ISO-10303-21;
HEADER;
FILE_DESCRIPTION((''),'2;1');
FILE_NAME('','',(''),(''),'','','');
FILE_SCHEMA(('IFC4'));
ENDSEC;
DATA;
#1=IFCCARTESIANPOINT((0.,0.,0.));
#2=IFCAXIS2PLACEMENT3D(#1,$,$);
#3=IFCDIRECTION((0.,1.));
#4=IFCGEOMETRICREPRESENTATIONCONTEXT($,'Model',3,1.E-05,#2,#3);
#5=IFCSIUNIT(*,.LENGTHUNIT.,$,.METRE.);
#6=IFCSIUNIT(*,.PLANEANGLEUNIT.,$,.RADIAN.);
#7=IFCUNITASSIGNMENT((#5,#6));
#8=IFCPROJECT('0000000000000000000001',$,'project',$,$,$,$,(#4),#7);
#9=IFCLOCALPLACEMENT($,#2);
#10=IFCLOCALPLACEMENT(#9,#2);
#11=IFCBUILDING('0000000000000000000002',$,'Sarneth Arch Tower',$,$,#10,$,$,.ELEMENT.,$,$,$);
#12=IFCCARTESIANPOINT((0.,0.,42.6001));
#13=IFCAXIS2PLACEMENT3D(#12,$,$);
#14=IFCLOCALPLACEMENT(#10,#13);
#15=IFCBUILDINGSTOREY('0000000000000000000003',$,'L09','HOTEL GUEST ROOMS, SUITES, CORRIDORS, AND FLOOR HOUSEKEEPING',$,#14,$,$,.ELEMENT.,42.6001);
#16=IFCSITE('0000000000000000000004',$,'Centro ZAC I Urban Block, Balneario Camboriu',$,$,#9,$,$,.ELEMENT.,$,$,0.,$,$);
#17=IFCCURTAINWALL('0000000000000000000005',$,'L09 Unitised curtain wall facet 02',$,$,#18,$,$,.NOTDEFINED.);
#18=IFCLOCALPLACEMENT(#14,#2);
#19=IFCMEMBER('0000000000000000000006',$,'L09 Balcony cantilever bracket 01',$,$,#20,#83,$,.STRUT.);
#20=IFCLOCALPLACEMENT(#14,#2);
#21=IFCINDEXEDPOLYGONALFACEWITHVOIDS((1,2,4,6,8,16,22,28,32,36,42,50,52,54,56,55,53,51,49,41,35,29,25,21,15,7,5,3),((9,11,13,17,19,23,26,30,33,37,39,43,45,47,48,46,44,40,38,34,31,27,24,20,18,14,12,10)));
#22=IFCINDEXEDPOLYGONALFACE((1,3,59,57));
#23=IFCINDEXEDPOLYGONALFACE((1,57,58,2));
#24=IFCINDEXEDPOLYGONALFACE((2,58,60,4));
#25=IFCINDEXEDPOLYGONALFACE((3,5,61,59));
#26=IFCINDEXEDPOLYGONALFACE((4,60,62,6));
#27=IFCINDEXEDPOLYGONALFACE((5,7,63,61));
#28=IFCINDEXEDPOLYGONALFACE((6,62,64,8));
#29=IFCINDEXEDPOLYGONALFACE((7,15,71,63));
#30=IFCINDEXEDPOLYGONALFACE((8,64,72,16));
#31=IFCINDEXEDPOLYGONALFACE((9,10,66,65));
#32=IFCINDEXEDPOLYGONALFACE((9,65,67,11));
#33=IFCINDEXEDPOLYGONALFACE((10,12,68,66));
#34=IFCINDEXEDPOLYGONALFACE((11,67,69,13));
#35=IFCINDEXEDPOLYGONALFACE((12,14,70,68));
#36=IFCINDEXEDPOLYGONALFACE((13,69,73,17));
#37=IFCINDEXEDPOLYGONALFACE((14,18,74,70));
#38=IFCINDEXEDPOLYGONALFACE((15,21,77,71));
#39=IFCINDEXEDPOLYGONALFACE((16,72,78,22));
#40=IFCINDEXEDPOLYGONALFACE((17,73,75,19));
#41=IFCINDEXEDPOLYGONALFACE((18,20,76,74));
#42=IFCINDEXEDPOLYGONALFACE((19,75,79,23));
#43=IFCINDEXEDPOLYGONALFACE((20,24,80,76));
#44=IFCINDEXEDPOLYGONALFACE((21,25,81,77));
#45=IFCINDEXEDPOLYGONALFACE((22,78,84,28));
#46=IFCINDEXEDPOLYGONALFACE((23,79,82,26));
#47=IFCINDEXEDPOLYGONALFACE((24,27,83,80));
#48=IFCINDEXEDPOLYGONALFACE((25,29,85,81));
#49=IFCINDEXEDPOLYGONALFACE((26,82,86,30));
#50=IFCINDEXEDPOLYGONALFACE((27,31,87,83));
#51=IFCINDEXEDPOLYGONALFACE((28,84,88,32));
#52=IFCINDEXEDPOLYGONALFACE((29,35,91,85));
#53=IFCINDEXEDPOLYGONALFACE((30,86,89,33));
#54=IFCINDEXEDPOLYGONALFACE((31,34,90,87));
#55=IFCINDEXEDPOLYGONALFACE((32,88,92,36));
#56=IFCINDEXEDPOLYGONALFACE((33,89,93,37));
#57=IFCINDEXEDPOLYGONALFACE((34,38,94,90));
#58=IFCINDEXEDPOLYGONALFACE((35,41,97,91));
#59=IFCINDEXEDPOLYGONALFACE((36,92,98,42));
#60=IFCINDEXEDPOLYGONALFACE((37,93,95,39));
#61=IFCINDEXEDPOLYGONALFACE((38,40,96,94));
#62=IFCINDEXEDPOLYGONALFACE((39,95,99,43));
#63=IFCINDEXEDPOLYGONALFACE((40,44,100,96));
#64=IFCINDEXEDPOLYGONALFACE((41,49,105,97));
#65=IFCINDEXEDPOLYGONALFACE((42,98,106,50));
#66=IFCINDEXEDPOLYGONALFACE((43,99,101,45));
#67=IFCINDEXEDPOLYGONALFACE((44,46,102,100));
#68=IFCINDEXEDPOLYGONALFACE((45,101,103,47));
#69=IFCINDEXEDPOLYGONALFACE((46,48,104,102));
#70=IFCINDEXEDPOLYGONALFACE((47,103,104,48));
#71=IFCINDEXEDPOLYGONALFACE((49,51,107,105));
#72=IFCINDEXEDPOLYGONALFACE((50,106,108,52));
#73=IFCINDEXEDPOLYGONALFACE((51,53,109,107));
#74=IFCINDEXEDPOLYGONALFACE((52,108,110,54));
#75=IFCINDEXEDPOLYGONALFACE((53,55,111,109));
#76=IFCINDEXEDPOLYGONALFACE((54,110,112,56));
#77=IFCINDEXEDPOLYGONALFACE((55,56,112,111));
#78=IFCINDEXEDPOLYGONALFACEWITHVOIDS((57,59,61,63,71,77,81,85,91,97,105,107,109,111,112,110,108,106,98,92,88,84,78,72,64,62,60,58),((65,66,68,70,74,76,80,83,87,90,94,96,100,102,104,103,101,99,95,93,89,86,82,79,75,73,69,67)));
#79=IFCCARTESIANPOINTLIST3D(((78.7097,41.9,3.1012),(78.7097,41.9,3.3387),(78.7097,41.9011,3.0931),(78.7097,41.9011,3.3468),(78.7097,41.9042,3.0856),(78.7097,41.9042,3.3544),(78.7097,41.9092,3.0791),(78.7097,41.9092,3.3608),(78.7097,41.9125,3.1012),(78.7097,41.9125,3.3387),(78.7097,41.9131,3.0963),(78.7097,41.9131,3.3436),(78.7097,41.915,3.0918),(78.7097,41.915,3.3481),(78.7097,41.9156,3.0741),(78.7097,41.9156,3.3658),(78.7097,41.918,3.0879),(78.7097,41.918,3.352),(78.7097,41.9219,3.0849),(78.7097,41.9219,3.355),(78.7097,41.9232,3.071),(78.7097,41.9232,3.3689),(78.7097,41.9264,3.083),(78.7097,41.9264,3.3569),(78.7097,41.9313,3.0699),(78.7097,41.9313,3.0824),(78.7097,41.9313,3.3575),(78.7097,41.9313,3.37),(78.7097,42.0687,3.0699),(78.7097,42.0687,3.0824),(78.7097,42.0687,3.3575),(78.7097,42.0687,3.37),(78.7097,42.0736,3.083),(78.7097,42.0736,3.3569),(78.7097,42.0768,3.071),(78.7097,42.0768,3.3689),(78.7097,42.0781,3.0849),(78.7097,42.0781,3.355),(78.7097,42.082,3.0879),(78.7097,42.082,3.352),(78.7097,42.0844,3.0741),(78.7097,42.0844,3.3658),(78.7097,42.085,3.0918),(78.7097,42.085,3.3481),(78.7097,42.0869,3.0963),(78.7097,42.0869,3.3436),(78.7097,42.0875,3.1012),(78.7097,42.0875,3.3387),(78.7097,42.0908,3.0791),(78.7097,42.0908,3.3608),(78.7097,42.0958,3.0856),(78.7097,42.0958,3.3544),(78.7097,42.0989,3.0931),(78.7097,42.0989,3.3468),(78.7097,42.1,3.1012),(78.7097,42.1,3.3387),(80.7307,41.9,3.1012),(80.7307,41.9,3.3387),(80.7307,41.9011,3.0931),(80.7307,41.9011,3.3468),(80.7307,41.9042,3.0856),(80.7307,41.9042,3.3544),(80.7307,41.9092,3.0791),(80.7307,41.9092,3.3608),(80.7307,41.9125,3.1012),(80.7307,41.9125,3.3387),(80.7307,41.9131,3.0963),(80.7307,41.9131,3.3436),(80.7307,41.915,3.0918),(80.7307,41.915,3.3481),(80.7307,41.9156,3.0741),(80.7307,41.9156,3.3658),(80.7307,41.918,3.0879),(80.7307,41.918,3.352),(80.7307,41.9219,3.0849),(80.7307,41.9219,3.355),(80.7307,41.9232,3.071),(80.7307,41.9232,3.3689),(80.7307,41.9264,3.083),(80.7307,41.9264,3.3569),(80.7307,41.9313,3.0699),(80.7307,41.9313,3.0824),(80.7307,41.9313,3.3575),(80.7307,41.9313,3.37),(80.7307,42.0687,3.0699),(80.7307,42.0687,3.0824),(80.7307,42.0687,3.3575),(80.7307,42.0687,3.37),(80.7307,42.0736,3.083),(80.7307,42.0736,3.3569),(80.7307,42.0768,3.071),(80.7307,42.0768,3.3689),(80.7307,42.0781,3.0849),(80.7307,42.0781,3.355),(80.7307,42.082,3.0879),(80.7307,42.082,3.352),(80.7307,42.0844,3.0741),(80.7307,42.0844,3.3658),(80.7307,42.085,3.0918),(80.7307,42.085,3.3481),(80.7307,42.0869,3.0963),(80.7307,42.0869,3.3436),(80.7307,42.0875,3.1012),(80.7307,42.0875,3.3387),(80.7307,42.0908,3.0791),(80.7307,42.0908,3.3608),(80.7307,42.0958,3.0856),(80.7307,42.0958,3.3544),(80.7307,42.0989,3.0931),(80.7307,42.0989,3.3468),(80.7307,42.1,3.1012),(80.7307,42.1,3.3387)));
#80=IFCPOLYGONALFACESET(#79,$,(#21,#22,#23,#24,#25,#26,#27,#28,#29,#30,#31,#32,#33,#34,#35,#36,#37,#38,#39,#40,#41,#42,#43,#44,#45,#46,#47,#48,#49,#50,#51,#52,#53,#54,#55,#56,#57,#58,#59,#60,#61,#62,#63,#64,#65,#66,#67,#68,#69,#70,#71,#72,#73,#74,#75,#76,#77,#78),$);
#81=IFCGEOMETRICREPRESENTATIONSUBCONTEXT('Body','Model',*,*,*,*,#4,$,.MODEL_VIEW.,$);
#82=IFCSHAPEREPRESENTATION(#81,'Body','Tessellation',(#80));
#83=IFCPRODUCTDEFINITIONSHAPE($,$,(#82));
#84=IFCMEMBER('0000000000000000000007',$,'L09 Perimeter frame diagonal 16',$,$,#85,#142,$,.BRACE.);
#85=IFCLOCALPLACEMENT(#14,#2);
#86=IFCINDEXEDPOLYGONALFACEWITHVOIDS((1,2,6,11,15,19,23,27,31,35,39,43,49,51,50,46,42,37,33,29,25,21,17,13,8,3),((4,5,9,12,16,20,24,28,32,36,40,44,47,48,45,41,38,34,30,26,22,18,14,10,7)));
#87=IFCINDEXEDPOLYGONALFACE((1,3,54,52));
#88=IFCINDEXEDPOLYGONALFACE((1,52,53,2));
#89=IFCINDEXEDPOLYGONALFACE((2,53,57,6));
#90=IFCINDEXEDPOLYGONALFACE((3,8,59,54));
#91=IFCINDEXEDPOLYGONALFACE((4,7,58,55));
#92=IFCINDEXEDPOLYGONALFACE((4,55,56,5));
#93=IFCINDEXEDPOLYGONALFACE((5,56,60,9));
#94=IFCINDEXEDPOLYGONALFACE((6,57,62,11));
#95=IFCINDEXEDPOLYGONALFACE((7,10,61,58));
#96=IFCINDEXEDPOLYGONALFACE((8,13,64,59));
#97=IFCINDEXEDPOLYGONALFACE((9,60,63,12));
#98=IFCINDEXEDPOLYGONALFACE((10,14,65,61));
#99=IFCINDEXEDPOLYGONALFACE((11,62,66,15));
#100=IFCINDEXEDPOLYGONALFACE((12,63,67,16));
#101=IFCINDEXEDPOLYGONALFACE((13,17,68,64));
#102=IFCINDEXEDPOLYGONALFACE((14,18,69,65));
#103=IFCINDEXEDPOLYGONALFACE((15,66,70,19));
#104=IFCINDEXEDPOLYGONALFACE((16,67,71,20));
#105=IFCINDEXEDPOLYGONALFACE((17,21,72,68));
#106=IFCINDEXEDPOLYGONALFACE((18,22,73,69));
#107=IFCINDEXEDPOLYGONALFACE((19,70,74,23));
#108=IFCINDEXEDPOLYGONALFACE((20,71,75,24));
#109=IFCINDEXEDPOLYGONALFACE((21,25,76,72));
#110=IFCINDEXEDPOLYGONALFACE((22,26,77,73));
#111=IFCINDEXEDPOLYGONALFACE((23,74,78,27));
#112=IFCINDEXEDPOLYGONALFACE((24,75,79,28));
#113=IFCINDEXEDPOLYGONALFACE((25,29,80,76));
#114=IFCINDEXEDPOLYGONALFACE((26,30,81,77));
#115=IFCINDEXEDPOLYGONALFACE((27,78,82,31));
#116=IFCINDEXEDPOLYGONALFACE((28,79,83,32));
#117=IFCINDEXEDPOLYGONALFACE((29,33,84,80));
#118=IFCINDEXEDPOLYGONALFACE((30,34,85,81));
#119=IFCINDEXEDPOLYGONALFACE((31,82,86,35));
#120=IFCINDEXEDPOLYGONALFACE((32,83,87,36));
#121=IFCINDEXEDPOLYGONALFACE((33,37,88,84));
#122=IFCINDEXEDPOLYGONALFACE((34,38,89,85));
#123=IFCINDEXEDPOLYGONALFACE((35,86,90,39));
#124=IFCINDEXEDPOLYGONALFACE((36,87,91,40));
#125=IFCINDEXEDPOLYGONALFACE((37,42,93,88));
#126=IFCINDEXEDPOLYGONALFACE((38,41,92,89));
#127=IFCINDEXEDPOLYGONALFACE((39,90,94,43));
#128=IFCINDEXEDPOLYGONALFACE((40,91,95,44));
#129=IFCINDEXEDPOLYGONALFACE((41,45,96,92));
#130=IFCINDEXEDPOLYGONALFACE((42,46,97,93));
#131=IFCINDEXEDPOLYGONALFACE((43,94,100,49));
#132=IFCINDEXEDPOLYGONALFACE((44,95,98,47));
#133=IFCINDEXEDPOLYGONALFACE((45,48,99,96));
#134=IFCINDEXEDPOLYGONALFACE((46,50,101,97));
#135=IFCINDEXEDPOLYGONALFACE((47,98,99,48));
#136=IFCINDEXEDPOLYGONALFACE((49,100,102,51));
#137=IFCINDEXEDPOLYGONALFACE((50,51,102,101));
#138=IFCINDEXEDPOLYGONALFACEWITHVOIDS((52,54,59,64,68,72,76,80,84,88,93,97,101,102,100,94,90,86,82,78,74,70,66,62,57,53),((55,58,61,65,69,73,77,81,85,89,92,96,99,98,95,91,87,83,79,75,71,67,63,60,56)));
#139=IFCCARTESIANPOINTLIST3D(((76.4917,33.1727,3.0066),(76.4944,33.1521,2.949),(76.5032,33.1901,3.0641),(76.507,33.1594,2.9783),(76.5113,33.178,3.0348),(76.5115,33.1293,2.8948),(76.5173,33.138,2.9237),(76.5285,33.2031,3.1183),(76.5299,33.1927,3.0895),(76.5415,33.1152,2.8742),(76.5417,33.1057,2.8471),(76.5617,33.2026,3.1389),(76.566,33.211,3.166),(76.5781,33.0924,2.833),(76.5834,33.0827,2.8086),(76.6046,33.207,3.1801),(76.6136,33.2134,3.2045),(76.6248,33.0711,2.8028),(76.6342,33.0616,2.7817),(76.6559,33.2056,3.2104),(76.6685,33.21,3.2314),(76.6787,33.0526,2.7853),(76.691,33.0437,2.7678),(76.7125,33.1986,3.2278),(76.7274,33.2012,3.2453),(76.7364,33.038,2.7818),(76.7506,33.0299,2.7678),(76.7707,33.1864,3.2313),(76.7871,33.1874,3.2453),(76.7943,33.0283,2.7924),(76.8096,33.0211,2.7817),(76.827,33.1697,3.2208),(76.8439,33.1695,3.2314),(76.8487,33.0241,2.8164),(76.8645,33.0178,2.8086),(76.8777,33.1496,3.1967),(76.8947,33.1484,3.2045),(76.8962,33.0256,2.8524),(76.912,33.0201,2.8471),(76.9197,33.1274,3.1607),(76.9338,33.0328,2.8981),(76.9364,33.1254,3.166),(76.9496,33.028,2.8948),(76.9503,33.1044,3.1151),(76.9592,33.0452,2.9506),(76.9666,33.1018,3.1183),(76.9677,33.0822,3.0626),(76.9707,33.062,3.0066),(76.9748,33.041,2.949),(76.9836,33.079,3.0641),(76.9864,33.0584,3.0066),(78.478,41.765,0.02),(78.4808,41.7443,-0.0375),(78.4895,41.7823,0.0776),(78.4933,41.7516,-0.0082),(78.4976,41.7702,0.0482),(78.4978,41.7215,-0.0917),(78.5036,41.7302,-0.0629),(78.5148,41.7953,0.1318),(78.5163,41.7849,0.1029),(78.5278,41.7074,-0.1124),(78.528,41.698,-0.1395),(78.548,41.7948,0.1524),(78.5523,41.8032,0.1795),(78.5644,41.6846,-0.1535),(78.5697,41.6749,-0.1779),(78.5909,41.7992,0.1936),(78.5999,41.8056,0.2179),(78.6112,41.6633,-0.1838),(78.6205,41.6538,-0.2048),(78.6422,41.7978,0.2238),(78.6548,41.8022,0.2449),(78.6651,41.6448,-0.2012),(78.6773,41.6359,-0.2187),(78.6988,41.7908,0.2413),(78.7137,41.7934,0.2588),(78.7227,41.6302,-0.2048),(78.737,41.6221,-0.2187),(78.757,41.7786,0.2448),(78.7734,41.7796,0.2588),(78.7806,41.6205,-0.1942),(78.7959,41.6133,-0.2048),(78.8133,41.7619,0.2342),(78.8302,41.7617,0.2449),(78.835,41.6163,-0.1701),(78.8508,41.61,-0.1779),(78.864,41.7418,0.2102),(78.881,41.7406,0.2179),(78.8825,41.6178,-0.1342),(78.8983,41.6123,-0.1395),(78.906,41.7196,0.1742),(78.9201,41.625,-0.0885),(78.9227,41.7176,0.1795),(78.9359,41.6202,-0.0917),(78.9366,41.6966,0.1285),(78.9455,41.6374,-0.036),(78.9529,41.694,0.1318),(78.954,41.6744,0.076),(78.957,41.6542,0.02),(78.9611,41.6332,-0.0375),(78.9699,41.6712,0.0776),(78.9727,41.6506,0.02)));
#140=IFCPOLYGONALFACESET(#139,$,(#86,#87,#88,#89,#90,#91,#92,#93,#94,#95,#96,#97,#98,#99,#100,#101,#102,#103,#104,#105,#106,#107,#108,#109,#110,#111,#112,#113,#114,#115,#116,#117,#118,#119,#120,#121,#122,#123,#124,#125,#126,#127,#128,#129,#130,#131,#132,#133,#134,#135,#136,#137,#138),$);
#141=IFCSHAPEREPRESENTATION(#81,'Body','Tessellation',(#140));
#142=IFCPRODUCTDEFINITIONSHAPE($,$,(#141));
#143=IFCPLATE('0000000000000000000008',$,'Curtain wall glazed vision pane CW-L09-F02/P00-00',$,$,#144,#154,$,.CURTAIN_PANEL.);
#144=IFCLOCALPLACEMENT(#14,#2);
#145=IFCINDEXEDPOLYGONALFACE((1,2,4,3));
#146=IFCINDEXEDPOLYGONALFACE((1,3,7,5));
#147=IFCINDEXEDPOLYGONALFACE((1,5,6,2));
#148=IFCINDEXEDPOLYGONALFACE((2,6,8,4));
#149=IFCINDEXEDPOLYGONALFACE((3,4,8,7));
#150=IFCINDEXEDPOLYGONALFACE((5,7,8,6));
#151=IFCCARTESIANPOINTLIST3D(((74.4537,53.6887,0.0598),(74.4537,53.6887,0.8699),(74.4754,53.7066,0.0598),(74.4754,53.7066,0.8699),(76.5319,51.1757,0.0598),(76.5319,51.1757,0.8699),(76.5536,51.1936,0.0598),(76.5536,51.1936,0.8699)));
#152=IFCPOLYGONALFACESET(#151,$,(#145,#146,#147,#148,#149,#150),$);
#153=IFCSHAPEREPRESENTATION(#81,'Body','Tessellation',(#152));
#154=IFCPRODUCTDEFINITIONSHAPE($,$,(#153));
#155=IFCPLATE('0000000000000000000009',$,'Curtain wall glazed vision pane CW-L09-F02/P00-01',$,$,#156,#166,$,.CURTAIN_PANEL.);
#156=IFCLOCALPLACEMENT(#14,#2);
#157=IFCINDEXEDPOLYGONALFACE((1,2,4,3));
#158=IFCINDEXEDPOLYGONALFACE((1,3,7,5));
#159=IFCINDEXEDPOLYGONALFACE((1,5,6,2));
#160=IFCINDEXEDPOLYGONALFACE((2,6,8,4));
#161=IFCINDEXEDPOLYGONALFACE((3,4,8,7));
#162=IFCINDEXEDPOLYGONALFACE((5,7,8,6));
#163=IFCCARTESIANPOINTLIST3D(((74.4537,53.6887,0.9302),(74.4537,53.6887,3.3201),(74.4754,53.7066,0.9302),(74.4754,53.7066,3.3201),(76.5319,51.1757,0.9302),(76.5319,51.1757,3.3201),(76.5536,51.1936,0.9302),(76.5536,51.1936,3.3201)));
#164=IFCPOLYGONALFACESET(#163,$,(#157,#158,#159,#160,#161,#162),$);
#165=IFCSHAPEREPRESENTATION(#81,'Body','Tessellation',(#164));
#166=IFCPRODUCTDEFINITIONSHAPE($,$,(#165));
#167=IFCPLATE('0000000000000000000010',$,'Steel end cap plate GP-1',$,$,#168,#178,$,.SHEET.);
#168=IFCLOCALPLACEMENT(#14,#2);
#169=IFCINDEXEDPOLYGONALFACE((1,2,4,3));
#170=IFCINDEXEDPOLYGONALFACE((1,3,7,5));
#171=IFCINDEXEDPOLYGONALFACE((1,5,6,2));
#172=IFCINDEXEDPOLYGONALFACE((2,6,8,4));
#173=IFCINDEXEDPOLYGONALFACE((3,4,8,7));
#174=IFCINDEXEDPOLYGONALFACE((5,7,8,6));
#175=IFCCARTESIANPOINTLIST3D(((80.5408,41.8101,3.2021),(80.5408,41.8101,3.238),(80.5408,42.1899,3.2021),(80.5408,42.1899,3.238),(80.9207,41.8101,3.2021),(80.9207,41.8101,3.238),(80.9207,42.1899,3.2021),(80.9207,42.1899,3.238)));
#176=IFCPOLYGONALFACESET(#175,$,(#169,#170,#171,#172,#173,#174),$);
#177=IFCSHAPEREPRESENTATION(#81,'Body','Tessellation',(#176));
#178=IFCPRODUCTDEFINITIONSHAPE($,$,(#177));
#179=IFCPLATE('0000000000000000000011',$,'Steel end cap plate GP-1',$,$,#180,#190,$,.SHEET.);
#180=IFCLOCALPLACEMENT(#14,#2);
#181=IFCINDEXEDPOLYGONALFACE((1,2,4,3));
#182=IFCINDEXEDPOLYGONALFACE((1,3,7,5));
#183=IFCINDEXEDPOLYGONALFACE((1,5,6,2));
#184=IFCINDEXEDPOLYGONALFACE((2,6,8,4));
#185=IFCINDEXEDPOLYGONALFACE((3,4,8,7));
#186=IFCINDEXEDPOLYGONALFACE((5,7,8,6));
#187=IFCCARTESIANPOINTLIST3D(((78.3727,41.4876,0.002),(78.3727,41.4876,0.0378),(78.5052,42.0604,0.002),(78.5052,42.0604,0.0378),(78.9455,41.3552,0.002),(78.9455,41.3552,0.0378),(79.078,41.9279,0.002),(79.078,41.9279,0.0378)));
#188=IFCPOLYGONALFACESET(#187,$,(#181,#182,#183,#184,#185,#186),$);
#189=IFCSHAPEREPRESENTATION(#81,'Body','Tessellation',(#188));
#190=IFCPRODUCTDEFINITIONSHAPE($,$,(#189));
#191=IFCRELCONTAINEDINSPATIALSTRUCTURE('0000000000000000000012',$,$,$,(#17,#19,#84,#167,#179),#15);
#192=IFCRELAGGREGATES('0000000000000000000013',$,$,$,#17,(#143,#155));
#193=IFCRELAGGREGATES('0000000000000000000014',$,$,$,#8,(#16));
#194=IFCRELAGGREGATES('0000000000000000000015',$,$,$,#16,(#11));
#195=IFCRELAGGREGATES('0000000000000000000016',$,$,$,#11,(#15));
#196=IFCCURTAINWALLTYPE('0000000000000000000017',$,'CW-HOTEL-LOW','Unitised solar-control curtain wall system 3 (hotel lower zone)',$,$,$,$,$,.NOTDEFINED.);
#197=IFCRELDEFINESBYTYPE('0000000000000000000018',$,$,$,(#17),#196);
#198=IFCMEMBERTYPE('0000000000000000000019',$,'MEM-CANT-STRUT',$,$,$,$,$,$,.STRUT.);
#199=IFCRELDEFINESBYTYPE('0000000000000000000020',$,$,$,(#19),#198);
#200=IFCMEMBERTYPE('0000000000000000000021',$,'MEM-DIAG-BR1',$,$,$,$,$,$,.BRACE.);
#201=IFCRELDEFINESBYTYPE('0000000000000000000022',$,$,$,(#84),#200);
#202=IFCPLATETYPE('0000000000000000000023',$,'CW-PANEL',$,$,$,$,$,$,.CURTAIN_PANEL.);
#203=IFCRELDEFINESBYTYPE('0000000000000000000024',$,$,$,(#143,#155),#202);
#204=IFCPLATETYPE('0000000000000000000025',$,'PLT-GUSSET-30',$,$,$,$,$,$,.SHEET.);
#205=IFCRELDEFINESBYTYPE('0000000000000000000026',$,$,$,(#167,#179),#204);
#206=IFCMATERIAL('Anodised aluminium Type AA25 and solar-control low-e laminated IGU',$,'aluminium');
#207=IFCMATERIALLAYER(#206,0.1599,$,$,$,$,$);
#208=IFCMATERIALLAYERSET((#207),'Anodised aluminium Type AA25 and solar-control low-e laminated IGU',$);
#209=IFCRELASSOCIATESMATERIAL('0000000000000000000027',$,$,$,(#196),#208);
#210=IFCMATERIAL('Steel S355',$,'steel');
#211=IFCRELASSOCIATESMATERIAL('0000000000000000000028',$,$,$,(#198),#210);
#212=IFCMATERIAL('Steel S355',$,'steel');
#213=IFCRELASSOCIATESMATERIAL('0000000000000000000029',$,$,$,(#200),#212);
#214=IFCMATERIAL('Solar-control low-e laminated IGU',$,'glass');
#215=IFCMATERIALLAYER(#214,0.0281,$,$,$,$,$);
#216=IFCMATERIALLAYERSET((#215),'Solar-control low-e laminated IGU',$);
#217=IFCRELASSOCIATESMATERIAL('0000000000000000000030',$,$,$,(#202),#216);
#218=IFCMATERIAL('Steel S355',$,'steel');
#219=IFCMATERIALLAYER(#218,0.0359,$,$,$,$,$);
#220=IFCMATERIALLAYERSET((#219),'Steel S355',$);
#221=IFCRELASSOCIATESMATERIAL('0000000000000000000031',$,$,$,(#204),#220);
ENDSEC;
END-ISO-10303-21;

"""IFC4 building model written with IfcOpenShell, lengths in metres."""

from ifc_helpers import new_model, si_unit, direction, frame, origin, origin_2d, place, context, subcontext, project, spatial, rectangle, hollow_rectangle, hollow_circle, extrude, material, layer, layer_set, material_profile, profile_set, type_object, element, aggregate, save


model = new_model("IFC4")

# Units and contexts
model_context = context("Model", 3, precision=1e-05, world=origin(), true_north=direction((0.0, 1.0)))
body_context = subcontext(model_context, "Body", "Model", "MODEL_VIEW")
ifc_project = project(units=[si_unit("LENGTHUNIT", "METRE"), si_unit("PLANEANGLEUNIT", "RADIAN")], contexts=[model_context])

# Site, building, storey
site_placement = place(None, origin())
site = spatial("IfcSite", under=ifc_project, at=site_placement, Name="Centro ZAC I Urban Block, Balneario Camboriu", CompositionType="ELEMENT", RefElevation=0.0)
building_placement = place(site_placement, origin())
building = spatial("IfcBuilding", under=site, at=building_placement, Name="Sarneth Arch Tower", CompositionType="ELEMENT")
storey_placement = place(building_placement, frame((0.0, 0.0, 42.6001)))
storey = spatial("IfcBuildingStorey", under=building, at=storey_placement, Name="L09", Description="HOTEL GUEST ROOMS, SUITES, CORRIDORS, AND FLOOR HOUSEKEEPING", CompositionType="ELEMENT", Elevation=42.6001)

# Curtain wall
ifc_material_1 = material(Name="Anodised aluminium Type AA25 and solar-control low-e laminated IGU", Category="aluminium")
ifc_layer_1 = layer(ifc_material_1, 0.1599)
ifc_layer_set_1 = layer_set([ifc_layer_1], Name="Anodised aluminium Type AA25 and solar-control low-e laminated IGU")
curtain_wall_type = type_object("IfcCurtainWallType", Name="CW-HOTEL-LOW", Description="Unitised solar-control curtain wall system 3 (hotel lower zone)", PredefinedType="NOTDEFINED", material=ifc_layer_set_1)
curtain_wall_placement = place(storey_placement, origin())
curtain_wall = element("IfcCurtainWall", 1, at=curtain_wall_placement, inside=storey, type_object=curtain_wall_type, Name="L09 Unitised curtain wall facet 02", PredefinedType="NOTDEFINED")

# Members
ifc_material_2 = material(Name="Steel S355", Category="steel")
ifc_material_profile_1 = material_profile(ifc_material_2, hollow_rectangle(XDim=0.2, YDim=0.3, WallThickness=0.0125, InnerFilletRadius=0.0188, OuterFilletRadius=0.0312, at=origin_2d()), Name="RHS300x200x12.5")
ifc_profile_set_1 = profile_set([ifc_material_profile_1], Name="Steel S355")
member_type_1 = type_object("IfcMemberType", Name="MEM-CANT-STRUT", PredefinedType="STRUT", material=ifc_profile_set_1)
member_1_placement = place(storey_placement, frame((78.7097, 42.0, 3.22), z_axis=(1.0, 0.0, 0.0), x_axis=(0.0, 1.0, 0.0)))
element("IfcMember", 2, at=member_1_placement, inside=storey, type_object=member_type_1, Name="L09 Balcony cantilever bracket 01", PredefinedType="STRUT", context=body_context, shape_type="SweptSolid", body=[
    extrude(hollow_rectangle(XDim=0.2, YDim=0.3, WallThickness=0.0125, InnerFilletRadius=0.0188, OuterFilletRadius=0.0312, at=origin_2d()), origin(), (0.0, 0.0, 1.0), 2.021),
])
ifc_material_3 = material(Name="Steel S355", Category="steel")
ifc_material_profile_2 = material_profile(ifc_material_3, hollow_circle(Radius=0.2539, WallThickness=0.0161, at=origin_2d()), Name="CHS508x16")
ifc_profile_set_2 = profile_set([ifc_material_profile_2], Name="Steel S355")
member_type_2 = type_object("IfcMemberType", Name="MEM-DIAG-BR1", PredefinedType="BRACE", material=ifc_profile_set_2)
member_2_placement = place(storey_placement, frame((78.7253, 41.7078, 0.02), z_axis=(-0.213334, -0.922822, 0.320762), x_axis=(0.974304, -0.225236, 0.0)))
element("IfcMember", 3, at=member_2_placement, inside=storey, type_object=member_type_2, Name="L09 Perimeter frame diagonal 16", PredefinedType="BRACE", context=body_context, shape_type="SweptSolid", body=[
    extrude(hollow_circle(Radius=0.2539, WallThickness=0.0161, at=origin_2d()), origin(), (0.0, 0.0, 1.0), 9.3108),
])

# Plates
ifc_material_4 = material(Name="Solar-control low-e laminated IGU", Category="glass")
ifc_layer_2 = layer(ifc_material_4, 0.0281)
ifc_layer_set_2 = layer_set([ifc_layer_2], Name="Solar-control low-e laminated IGU")
plate_type_1 = type_object("IfcPlateType", Name="CW-PANEL", PredefinedType="CURTAIN_PANEL", material=ifc_layer_set_2)
plate_1_placement = place(storey_placement, frame((75.5037, 52.4412, 0.0598), z_axis=(0.0, 0.0, 1.0), x_axis=(-0.637291, 0.770623, 0.0)))
plate_1 = element("IfcPlate", 4, at=plate_1_placement, type_object=plate_type_1, Name="Curtain wall glazed vision pane CW-L09-F02/P00-00", PredefinedType="CURTAIN_PANEL", context=body_context, shape_type="SweptSolid", body=[
    extrude(rectangle(XDim=3.261, YDim=0.0281, at=origin_2d()), origin(), (0.0, 0.0, 1.0), 0.8101),
])
plate_2_placement = place(storey_placement, frame((75.5037, 52.4412, 0.9302), z_axis=(0.0, 0.0, 1.0), x_axis=(-0.637291, 0.770623, 0.0)))
plate_2 = element("IfcPlate", 5, at=plate_2_placement, type_object=plate_type_1, Name="Curtain wall glazed vision pane CW-L09-F02/P00-01", PredefinedType="CURTAIN_PANEL", context=body_context, shape_type="SweptSolid", body=[
    extrude(rectangle(XDim=3.261, YDim=0.0281, at=origin_2d()), origin(), (0.0, 0.0, 1.0), 2.3899),
])
aggregate(curtain_wall, [plate_1, plate_2])

# Plates
ifc_material_5 = material(Name="Steel S355", Category="steel")
ifc_layer_3 = layer(ifc_material_5, 0.0359)
ifc_layer_set_3 = layer_set([ifc_layer_3], Name="Steel S355")
plate_type_2 = type_object("IfcPlateType", Name="PLT-GUSSET-30", PredefinedType="SHEET", material=ifc_layer_set_3)
plate_3_placement = place(storey_placement, frame((80.7307, 42.0, 3.2021), z_axis=(0.0, 0.0, 1.0), x_axis=(1.0, 0.0, 0.0)))
element("IfcPlate", 6, at=plate_3_placement, inside=storey, type_object=plate_type_2, Name="Steel end cap plate GP-1", PredefinedType="SHEET", context=body_context, shape_type="SweptSolid", body=[
    extrude(rectangle(XDim=0.3799, YDim=0.3799, at=origin_2d()), origin(), (0.0, 0.0, 1.0), 0.0359),
])
plate_4_placement = place(storey_placement, frame((78.7253, 41.7078, 0.002), z_axis=(0.0, 0.0, 1.0), x_axis=(0.225291, 0.974291, 0.0)))
element("IfcPlate", 7, at=plate_4_placement, inside=storey, type_object=plate_type_2, Name="Steel end cap plate GP-1", PredefinedType="SHEET", context=body_context, shape_type="SweptSolid", body=[
    extrude(rectangle(XDim=0.5879, YDim=0.5879, at=origin_2d()), origin(), (0.0, 0.0, 1.0), 0.0359),
])

save(model, "model.ifc")
